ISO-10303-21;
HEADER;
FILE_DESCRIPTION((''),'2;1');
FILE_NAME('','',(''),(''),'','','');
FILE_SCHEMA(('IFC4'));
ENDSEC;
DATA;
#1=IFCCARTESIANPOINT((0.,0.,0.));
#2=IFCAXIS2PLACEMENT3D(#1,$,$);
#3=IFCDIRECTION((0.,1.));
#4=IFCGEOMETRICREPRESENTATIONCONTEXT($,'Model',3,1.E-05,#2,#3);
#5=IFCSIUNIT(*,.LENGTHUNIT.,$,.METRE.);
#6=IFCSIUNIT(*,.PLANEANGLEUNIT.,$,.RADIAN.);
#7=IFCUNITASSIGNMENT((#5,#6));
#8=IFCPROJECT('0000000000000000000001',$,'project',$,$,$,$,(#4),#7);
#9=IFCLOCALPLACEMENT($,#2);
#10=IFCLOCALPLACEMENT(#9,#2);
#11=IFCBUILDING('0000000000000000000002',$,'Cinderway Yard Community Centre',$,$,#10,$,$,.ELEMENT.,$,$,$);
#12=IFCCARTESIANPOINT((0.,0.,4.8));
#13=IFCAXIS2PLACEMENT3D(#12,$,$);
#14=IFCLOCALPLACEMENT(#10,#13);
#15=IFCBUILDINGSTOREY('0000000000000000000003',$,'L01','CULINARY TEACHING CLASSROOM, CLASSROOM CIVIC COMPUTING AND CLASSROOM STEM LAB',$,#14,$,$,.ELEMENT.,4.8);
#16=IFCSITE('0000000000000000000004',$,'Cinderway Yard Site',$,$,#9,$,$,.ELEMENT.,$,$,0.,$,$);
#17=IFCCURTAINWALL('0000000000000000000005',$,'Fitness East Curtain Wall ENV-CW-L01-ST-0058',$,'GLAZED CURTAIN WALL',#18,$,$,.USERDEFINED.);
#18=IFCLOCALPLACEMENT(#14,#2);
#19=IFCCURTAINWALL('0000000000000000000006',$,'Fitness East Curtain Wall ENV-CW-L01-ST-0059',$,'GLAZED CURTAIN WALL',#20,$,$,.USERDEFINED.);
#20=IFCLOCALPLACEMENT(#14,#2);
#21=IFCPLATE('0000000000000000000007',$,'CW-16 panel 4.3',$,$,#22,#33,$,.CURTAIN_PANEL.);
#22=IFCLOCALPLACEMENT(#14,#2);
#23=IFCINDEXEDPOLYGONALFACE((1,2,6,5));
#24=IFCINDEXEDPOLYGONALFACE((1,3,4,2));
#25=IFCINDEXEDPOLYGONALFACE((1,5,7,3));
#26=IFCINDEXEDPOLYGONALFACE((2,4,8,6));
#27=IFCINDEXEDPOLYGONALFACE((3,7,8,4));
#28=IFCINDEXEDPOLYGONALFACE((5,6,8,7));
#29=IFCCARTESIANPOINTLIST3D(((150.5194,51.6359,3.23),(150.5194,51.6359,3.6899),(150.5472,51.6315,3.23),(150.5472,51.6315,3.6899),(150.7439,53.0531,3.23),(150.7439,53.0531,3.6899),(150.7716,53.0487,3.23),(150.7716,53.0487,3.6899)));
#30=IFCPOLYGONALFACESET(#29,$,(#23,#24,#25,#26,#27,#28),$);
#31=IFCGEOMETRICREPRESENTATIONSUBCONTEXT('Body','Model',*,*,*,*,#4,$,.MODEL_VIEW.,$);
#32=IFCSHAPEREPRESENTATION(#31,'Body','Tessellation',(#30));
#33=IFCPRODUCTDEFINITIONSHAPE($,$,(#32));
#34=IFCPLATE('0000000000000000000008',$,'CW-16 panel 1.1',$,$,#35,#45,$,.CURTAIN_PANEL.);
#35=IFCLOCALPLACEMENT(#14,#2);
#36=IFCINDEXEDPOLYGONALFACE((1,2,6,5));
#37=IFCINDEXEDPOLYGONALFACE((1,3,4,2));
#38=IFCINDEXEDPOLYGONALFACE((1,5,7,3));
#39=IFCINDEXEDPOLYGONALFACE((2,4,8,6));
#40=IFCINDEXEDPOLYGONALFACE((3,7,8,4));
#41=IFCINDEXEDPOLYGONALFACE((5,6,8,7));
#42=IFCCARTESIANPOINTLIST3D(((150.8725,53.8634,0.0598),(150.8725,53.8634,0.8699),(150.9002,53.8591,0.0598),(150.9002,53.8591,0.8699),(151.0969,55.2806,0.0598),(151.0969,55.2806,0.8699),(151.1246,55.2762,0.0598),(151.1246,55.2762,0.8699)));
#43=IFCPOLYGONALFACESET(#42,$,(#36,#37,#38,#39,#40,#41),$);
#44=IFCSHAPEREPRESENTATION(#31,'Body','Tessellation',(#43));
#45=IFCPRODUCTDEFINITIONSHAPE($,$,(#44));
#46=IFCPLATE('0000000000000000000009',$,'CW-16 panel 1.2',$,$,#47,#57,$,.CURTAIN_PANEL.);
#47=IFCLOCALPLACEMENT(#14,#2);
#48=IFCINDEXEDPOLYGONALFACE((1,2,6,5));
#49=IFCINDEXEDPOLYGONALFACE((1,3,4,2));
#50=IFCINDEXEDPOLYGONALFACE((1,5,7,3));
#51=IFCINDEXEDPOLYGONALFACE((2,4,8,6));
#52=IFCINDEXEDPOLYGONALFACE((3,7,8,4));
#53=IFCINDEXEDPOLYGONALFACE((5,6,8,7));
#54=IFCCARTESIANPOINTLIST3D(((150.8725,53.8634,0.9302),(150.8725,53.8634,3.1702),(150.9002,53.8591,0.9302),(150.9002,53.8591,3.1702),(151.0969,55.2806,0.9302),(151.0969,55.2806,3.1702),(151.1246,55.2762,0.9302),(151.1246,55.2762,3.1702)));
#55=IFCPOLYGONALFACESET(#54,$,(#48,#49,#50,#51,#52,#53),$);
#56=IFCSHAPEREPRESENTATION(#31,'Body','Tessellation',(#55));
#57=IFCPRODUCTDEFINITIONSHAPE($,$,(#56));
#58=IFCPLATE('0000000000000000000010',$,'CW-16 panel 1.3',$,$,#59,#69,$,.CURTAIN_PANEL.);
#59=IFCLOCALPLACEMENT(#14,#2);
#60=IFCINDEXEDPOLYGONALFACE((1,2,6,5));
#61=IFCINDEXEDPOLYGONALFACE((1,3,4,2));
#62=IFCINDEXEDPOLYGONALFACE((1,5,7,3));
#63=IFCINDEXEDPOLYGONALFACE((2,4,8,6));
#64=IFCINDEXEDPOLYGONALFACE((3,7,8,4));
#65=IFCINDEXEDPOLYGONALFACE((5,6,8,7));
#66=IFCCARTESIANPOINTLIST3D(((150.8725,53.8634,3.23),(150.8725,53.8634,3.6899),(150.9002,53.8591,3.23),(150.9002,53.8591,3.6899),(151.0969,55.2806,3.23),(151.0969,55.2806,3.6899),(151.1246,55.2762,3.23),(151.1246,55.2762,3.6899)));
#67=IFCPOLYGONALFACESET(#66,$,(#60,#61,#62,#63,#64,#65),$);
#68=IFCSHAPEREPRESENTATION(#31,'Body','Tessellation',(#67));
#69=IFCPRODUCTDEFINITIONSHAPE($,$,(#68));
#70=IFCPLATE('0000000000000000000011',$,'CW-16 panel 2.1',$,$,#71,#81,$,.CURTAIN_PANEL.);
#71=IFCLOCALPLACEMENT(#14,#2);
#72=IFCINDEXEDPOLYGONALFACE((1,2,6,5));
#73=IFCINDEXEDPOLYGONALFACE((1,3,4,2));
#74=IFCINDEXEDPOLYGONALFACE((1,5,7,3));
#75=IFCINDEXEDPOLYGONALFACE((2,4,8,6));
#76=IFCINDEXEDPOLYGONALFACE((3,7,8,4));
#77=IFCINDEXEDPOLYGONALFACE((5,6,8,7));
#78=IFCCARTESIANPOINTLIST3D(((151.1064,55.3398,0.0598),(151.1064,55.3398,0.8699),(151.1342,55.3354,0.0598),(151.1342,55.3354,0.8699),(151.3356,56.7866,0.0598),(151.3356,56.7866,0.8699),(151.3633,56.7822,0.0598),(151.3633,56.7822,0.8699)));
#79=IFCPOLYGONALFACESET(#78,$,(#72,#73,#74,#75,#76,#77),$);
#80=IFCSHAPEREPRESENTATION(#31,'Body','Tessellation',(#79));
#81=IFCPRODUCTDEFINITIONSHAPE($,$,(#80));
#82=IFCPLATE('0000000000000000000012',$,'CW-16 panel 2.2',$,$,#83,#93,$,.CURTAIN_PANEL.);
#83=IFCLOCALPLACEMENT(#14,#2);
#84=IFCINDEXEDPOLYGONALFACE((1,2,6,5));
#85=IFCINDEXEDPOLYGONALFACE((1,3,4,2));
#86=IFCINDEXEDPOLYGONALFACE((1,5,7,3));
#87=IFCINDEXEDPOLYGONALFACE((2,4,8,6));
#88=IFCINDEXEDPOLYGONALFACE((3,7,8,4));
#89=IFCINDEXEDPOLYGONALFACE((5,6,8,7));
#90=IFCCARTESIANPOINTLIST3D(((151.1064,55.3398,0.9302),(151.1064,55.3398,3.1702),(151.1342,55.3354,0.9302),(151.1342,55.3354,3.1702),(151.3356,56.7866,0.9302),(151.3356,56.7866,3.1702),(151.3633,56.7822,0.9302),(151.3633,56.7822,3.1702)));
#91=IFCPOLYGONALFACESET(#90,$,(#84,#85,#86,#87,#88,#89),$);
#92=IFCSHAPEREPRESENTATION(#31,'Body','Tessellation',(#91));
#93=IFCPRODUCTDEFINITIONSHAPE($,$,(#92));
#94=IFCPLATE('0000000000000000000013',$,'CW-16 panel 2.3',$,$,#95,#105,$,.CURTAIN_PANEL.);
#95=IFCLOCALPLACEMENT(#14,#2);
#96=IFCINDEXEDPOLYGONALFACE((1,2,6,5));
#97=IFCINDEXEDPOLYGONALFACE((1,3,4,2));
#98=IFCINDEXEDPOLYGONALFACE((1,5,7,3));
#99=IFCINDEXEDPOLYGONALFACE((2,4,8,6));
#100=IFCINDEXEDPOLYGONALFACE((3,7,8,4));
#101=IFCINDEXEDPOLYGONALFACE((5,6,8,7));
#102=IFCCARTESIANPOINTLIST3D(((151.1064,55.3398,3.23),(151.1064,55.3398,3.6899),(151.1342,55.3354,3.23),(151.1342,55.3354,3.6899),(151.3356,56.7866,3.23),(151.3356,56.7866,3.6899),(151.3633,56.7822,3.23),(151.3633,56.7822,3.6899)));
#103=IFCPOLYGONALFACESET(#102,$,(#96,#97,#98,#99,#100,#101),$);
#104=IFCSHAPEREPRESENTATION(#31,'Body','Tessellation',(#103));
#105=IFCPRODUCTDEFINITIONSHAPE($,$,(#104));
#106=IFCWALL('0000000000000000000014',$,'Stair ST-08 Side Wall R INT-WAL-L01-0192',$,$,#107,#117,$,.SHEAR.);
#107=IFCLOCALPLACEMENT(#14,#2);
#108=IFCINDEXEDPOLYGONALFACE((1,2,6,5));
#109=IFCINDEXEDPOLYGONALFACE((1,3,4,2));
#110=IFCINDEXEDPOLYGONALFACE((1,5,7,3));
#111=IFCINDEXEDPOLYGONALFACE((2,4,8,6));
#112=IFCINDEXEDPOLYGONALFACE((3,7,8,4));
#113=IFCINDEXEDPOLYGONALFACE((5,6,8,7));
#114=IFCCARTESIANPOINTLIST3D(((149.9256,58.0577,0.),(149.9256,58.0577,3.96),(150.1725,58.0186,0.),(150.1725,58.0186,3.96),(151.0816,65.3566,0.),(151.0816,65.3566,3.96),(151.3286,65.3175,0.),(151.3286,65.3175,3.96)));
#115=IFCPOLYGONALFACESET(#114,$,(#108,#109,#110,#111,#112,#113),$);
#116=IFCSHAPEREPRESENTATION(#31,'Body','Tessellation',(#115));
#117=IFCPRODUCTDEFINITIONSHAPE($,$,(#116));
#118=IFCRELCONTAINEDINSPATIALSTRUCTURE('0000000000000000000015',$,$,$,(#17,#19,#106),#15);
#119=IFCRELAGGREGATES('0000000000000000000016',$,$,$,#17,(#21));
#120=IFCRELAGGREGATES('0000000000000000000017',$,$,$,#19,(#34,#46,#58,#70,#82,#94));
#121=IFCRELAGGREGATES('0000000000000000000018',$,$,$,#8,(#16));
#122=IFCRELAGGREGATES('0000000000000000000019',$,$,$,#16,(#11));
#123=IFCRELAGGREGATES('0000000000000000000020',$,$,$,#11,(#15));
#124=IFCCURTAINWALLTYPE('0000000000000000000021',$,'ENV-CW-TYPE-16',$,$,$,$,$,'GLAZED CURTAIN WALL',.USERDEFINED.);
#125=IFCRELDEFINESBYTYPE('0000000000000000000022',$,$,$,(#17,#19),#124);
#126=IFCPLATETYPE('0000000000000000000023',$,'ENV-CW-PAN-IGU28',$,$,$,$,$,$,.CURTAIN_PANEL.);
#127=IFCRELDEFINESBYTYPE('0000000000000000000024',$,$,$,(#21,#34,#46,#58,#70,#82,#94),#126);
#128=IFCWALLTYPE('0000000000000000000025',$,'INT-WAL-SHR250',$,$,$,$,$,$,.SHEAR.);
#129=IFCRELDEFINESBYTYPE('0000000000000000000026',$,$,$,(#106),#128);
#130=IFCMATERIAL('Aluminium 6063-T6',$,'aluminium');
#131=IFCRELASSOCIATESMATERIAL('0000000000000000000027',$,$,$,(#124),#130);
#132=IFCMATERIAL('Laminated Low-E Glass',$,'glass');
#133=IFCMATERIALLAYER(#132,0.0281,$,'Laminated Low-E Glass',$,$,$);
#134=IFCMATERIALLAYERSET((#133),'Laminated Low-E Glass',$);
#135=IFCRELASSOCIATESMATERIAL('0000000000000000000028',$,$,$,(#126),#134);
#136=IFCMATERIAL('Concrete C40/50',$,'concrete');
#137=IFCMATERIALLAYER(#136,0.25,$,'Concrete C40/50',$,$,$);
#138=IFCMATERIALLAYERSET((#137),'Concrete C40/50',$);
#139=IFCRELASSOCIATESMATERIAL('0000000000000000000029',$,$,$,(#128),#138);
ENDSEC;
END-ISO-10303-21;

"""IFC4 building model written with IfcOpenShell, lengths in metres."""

from ifc_helpers import new_model, si_unit, direction, frame, frame_2d, origin, origin_2d, place, context, subcontext, project, spatial, rectangle, extrude, material, layer, layer_set, type_object, element, aggregate, save


model = new_model("IFC4")

# Units and contexts
model_context = context("Model", 3, precision=1e-05, world=origin(), true_north=direction((0.0, 1.0)))
body_context = subcontext(model_context, "Body", "Model", "MODEL_VIEW")
ifc_project = project(units=[si_unit("LENGTHUNIT", "METRE"), si_unit("PLANEANGLEUNIT", "RADIAN")], contexts=[model_context])

# Site, building, storey
site_placement = place(None, origin())
site = spatial("IfcSite", under=ifc_project, at=site_placement, Name="Cinderway Yard Site", CompositionType="ELEMENT", RefElevation=0.0)
building_placement = place(site_placement, origin())
building = spatial("IfcBuilding", under=site, at=building_placement, Name="Cinderway Yard Community Centre", CompositionType="ELEMENT")
storey_placement = place(building_placement, frame((0.0, 0.0, 4.8)))
storey = spatial("IfcBuildingStorey", under=building, at=storey_placement, Name="L01", Description="CULINARY TEACHING CLASSROOM, CLASSROOM CIVIC COMPUTING AND CLASSROOM STEM LAB", CompositionType="ELEMENT", Elevation=4.8)

# Shared definitions
ifc_material_1 = material(Name="Concrete C40/50", Category="concrete")

# Curtain wall
ifc_material_2 = material(Name="Aluminium 6063-T6", Category="aluminium")
curtain_wall_type = type_object("IfcCurtainWallType", Name="ENV-CW-TYPE-16", ElementType="GLAZED CURTAIN WALL", PredefinedType="USERDEFINED", material=ifc_material_2)
curtain_wall_1_placement = place(storey_placement, origin())
curtain_wall_1 = element("IfcCurtainWall", 1, at=curtain_wall_1_placement, inside=storey, type_object=curtain_wall_type, Name="Fitness East Curtain Wall ENV-CW-L01-ST-0058", ObjectType="GLAZED CURTAIN WALL", PredefinedType="USERDEFINED")

# Curtain wall
curtain_wall_2_placement = place(storey_placement, origin())
curtain_wall_2 = element("IfcCurtainWall", 2, at=curtain_wall_2_placement, inside=storey, type_object=curtain_wall_type, Name="Fitness East Curtain Wall ENV-CW-L01-ST-0059", ObjectType="GLAZED CURTAIN WALL", PredefinedType="USERDEFINED")

# Plates
ifc_material_3 = material(Name="Laminated Low-E Glass", Category="glass")
ifc_layer_1 = layer(ifc_material_3, 0.0281, Name="Laminated Low-E Glass")
ifc_layer_set_1 = layer_set([ifc_layer_1], Name="Laminated Low-E Glass")
plate_type = type_object("IfcPlateType", Name="ENV-CW-PAN-IGU28", PredefinedType="CURTAIN_PANEL", material=ifc_layer_set_1)
plate_1_placement = place(storey_placement, frame((150.6455, 52.3423, 3.23), z_axis=(0.0, 0.0, 1.0), x_axis=(0.156417, 0.987691, 0.0)))
plate_1 = element("IfcPlate", 3, at=plate_1_placement, type_object=plate_type, Name="CW-16 panel 4.3", PredefinedType="CURTAIN_PANEL", context=body_context, shape_type="SweptSolid", body=[
    extrude(rectangle(XDim=1.4348, YDim=0.0281, at=origin_2d()), origin(), (0.0, 0.0, 1.0), 0.46),
])
aggregate(curtain_wall_1, [plate_1])
plate_2_placement = place(storey_placement, frame((150.9985, 54.5698, 0.0598), z_axis=(0.0, 0.0, 1.0), x_axis=(0.156417, 0.987691, 0.0)))
plate_2 = element("IfcPlate", 4, at=plate_2_placement, type_object=plate_type, Name="CW-16 panel 1.1", PredefinedType="CURTAIN_PANEL", context=body_context, shape_type="SweptSolid", body=[
    extrude(rectangle(XDim=1.4348, YDim=0.0281, at=origin_2d()), origin(), (0.0, 0.0, 1.0), 0.8101),
])
plate_3_placement = place(storey_placement, frame((150.9985, 54.5698, 0.9302), z_axis=(0.0, 0.0, 1.0), x_axis=(0.156417, 0.987691, 0.0)))
plate_3 = element("IfcPlate", 5, at=plate_3_placement, type_object=plate_type, Name="CW-16 panel 1.2", PredefinedType="CURTAIN_PANEL", context=body_context, shape_type="SweptSolid", body=[
    extrude(rectangle(XDim=1.4348, YDim=0.0281, at=origin_2d()), origin(), (0.0, 0.0, 1.0), 2.24),
])
plate_4_placement = place(storey_placement, frame((150.9985, 54.5698, 3.23), z_axis=(0.0, 0.0, 1.0), x_axis=(0.156417, 0.987691, 0.0)))
plate_4 = element("IfcPlate", 6, at=plate_4_placement, type_object=plate_type, Name="CW-16 panel 1.3", PredefinedType="CURTAIN_PANEL", context=body_context, shape_type="SweptSolid", body=[
    extrude(rectangle(XDim=1.4348, YDim=0.0281, at=origin_2d()), origin(), (0.0, 0.0, 1.0), 0.46),
])
plate_5_placement = place(storey_placement, frame((151.2349, 56.061, 0.0598), z_axis=(0.0, 0.0, 1.0), x_axis=(0.156417, 0.987691, 0.0)))
plate_5 = element("IfcPlate", 7, at=plate_5_placement, type_object=plate_type, Name="CW-16 panel 2.1", PredefinedType="CURTAIN_PANEL", context=body_context, shape_type="SweptSolid", body=[
    extrude(rectangle(XDim=1.4648, YDim=0.0281, at=origin_2d()), origin(), (0.0, 0.0, 1.0), 0.8101),
])
plate_6_placement = place(storey_placement, frame((151.2349, 56.061, 0.9302), z_axis=(0.0, 0.0, 1.0), x_axis=(0.156417, 0.987691, 0.0)))
plate_6 = element("IfcPlate", 8, at=plate_6_placement, type_object=plate_type, Name="CW-16 panel 2.2", PredefinedType="CURTAIN_PANEL", context=body_context, shape_type="SweptSolid", body=[
    extrude(rectangle(XDim=1.4648, YDim=0.0281, at=origin_2d()), origin(), (0.0, 0.0, 1.0), 2.24),
])
plate_7_placement = place(storey_placement, frame((151.2349, 56.061, 3.23), z_axis=(0.0, 0.0, 1.0), x_axis=(0.156417, 0.987691, 0.0)))
plate_7 = element("IfcPlate", 9, at=plate_7_placement, type_object=plate_type, Name="CW-16 panel 2.3", PredefinedType="CURTAIN_PANEL", context=body_context, shape_type="SweptSolid", body=[
    extrude(rectangle(XDim=1.4648, YDim=0.0281, at=origin_2d()), origin(), (0.0, 0.0, 1.0), 0.46),
])
aggregate(curtain_wall_2, [plate_2, plate_3, plate_4, plate_5, plate_6, plate_7])

# Shared definitions
ifc_layer_2 = layer(ifc_material_1, 0.25, Name="Concrete C40/50")
ifc_layer_set_2 = layer_set([ifc_layer_2], Name="Concrete C40/50")
wall_type = type_object("IfcWallType", Name="INT-WAL-SHR250", PredefinedType="SHEAR", material=ifc_layer_set_2)

# Wall
wall_1_placement = place(storey_placement, frame((151.2051, 65.3369, 0.0), z_axis=(0.0, 0.0, 1.0), x_axis=(-0.156432, -0.987689, 0.0)))
element("IfcWall", 10, at=wall_1_placement, inside=storey, type_object=wall_type, Name="Stair ST-08 Side Wall R INT-WAL-L01-0192", PredefinedType="SHEAR", context=body_context, shape_type="SweptSolid", body=[
    extrude(rectangle(XDim=7.3899, YDim=0.25, at=frame_2d((3.6948, 0.0))), origin(), (0.0, 0.0, 1.0), 3.96),
])

save(model, "model.ifc")
